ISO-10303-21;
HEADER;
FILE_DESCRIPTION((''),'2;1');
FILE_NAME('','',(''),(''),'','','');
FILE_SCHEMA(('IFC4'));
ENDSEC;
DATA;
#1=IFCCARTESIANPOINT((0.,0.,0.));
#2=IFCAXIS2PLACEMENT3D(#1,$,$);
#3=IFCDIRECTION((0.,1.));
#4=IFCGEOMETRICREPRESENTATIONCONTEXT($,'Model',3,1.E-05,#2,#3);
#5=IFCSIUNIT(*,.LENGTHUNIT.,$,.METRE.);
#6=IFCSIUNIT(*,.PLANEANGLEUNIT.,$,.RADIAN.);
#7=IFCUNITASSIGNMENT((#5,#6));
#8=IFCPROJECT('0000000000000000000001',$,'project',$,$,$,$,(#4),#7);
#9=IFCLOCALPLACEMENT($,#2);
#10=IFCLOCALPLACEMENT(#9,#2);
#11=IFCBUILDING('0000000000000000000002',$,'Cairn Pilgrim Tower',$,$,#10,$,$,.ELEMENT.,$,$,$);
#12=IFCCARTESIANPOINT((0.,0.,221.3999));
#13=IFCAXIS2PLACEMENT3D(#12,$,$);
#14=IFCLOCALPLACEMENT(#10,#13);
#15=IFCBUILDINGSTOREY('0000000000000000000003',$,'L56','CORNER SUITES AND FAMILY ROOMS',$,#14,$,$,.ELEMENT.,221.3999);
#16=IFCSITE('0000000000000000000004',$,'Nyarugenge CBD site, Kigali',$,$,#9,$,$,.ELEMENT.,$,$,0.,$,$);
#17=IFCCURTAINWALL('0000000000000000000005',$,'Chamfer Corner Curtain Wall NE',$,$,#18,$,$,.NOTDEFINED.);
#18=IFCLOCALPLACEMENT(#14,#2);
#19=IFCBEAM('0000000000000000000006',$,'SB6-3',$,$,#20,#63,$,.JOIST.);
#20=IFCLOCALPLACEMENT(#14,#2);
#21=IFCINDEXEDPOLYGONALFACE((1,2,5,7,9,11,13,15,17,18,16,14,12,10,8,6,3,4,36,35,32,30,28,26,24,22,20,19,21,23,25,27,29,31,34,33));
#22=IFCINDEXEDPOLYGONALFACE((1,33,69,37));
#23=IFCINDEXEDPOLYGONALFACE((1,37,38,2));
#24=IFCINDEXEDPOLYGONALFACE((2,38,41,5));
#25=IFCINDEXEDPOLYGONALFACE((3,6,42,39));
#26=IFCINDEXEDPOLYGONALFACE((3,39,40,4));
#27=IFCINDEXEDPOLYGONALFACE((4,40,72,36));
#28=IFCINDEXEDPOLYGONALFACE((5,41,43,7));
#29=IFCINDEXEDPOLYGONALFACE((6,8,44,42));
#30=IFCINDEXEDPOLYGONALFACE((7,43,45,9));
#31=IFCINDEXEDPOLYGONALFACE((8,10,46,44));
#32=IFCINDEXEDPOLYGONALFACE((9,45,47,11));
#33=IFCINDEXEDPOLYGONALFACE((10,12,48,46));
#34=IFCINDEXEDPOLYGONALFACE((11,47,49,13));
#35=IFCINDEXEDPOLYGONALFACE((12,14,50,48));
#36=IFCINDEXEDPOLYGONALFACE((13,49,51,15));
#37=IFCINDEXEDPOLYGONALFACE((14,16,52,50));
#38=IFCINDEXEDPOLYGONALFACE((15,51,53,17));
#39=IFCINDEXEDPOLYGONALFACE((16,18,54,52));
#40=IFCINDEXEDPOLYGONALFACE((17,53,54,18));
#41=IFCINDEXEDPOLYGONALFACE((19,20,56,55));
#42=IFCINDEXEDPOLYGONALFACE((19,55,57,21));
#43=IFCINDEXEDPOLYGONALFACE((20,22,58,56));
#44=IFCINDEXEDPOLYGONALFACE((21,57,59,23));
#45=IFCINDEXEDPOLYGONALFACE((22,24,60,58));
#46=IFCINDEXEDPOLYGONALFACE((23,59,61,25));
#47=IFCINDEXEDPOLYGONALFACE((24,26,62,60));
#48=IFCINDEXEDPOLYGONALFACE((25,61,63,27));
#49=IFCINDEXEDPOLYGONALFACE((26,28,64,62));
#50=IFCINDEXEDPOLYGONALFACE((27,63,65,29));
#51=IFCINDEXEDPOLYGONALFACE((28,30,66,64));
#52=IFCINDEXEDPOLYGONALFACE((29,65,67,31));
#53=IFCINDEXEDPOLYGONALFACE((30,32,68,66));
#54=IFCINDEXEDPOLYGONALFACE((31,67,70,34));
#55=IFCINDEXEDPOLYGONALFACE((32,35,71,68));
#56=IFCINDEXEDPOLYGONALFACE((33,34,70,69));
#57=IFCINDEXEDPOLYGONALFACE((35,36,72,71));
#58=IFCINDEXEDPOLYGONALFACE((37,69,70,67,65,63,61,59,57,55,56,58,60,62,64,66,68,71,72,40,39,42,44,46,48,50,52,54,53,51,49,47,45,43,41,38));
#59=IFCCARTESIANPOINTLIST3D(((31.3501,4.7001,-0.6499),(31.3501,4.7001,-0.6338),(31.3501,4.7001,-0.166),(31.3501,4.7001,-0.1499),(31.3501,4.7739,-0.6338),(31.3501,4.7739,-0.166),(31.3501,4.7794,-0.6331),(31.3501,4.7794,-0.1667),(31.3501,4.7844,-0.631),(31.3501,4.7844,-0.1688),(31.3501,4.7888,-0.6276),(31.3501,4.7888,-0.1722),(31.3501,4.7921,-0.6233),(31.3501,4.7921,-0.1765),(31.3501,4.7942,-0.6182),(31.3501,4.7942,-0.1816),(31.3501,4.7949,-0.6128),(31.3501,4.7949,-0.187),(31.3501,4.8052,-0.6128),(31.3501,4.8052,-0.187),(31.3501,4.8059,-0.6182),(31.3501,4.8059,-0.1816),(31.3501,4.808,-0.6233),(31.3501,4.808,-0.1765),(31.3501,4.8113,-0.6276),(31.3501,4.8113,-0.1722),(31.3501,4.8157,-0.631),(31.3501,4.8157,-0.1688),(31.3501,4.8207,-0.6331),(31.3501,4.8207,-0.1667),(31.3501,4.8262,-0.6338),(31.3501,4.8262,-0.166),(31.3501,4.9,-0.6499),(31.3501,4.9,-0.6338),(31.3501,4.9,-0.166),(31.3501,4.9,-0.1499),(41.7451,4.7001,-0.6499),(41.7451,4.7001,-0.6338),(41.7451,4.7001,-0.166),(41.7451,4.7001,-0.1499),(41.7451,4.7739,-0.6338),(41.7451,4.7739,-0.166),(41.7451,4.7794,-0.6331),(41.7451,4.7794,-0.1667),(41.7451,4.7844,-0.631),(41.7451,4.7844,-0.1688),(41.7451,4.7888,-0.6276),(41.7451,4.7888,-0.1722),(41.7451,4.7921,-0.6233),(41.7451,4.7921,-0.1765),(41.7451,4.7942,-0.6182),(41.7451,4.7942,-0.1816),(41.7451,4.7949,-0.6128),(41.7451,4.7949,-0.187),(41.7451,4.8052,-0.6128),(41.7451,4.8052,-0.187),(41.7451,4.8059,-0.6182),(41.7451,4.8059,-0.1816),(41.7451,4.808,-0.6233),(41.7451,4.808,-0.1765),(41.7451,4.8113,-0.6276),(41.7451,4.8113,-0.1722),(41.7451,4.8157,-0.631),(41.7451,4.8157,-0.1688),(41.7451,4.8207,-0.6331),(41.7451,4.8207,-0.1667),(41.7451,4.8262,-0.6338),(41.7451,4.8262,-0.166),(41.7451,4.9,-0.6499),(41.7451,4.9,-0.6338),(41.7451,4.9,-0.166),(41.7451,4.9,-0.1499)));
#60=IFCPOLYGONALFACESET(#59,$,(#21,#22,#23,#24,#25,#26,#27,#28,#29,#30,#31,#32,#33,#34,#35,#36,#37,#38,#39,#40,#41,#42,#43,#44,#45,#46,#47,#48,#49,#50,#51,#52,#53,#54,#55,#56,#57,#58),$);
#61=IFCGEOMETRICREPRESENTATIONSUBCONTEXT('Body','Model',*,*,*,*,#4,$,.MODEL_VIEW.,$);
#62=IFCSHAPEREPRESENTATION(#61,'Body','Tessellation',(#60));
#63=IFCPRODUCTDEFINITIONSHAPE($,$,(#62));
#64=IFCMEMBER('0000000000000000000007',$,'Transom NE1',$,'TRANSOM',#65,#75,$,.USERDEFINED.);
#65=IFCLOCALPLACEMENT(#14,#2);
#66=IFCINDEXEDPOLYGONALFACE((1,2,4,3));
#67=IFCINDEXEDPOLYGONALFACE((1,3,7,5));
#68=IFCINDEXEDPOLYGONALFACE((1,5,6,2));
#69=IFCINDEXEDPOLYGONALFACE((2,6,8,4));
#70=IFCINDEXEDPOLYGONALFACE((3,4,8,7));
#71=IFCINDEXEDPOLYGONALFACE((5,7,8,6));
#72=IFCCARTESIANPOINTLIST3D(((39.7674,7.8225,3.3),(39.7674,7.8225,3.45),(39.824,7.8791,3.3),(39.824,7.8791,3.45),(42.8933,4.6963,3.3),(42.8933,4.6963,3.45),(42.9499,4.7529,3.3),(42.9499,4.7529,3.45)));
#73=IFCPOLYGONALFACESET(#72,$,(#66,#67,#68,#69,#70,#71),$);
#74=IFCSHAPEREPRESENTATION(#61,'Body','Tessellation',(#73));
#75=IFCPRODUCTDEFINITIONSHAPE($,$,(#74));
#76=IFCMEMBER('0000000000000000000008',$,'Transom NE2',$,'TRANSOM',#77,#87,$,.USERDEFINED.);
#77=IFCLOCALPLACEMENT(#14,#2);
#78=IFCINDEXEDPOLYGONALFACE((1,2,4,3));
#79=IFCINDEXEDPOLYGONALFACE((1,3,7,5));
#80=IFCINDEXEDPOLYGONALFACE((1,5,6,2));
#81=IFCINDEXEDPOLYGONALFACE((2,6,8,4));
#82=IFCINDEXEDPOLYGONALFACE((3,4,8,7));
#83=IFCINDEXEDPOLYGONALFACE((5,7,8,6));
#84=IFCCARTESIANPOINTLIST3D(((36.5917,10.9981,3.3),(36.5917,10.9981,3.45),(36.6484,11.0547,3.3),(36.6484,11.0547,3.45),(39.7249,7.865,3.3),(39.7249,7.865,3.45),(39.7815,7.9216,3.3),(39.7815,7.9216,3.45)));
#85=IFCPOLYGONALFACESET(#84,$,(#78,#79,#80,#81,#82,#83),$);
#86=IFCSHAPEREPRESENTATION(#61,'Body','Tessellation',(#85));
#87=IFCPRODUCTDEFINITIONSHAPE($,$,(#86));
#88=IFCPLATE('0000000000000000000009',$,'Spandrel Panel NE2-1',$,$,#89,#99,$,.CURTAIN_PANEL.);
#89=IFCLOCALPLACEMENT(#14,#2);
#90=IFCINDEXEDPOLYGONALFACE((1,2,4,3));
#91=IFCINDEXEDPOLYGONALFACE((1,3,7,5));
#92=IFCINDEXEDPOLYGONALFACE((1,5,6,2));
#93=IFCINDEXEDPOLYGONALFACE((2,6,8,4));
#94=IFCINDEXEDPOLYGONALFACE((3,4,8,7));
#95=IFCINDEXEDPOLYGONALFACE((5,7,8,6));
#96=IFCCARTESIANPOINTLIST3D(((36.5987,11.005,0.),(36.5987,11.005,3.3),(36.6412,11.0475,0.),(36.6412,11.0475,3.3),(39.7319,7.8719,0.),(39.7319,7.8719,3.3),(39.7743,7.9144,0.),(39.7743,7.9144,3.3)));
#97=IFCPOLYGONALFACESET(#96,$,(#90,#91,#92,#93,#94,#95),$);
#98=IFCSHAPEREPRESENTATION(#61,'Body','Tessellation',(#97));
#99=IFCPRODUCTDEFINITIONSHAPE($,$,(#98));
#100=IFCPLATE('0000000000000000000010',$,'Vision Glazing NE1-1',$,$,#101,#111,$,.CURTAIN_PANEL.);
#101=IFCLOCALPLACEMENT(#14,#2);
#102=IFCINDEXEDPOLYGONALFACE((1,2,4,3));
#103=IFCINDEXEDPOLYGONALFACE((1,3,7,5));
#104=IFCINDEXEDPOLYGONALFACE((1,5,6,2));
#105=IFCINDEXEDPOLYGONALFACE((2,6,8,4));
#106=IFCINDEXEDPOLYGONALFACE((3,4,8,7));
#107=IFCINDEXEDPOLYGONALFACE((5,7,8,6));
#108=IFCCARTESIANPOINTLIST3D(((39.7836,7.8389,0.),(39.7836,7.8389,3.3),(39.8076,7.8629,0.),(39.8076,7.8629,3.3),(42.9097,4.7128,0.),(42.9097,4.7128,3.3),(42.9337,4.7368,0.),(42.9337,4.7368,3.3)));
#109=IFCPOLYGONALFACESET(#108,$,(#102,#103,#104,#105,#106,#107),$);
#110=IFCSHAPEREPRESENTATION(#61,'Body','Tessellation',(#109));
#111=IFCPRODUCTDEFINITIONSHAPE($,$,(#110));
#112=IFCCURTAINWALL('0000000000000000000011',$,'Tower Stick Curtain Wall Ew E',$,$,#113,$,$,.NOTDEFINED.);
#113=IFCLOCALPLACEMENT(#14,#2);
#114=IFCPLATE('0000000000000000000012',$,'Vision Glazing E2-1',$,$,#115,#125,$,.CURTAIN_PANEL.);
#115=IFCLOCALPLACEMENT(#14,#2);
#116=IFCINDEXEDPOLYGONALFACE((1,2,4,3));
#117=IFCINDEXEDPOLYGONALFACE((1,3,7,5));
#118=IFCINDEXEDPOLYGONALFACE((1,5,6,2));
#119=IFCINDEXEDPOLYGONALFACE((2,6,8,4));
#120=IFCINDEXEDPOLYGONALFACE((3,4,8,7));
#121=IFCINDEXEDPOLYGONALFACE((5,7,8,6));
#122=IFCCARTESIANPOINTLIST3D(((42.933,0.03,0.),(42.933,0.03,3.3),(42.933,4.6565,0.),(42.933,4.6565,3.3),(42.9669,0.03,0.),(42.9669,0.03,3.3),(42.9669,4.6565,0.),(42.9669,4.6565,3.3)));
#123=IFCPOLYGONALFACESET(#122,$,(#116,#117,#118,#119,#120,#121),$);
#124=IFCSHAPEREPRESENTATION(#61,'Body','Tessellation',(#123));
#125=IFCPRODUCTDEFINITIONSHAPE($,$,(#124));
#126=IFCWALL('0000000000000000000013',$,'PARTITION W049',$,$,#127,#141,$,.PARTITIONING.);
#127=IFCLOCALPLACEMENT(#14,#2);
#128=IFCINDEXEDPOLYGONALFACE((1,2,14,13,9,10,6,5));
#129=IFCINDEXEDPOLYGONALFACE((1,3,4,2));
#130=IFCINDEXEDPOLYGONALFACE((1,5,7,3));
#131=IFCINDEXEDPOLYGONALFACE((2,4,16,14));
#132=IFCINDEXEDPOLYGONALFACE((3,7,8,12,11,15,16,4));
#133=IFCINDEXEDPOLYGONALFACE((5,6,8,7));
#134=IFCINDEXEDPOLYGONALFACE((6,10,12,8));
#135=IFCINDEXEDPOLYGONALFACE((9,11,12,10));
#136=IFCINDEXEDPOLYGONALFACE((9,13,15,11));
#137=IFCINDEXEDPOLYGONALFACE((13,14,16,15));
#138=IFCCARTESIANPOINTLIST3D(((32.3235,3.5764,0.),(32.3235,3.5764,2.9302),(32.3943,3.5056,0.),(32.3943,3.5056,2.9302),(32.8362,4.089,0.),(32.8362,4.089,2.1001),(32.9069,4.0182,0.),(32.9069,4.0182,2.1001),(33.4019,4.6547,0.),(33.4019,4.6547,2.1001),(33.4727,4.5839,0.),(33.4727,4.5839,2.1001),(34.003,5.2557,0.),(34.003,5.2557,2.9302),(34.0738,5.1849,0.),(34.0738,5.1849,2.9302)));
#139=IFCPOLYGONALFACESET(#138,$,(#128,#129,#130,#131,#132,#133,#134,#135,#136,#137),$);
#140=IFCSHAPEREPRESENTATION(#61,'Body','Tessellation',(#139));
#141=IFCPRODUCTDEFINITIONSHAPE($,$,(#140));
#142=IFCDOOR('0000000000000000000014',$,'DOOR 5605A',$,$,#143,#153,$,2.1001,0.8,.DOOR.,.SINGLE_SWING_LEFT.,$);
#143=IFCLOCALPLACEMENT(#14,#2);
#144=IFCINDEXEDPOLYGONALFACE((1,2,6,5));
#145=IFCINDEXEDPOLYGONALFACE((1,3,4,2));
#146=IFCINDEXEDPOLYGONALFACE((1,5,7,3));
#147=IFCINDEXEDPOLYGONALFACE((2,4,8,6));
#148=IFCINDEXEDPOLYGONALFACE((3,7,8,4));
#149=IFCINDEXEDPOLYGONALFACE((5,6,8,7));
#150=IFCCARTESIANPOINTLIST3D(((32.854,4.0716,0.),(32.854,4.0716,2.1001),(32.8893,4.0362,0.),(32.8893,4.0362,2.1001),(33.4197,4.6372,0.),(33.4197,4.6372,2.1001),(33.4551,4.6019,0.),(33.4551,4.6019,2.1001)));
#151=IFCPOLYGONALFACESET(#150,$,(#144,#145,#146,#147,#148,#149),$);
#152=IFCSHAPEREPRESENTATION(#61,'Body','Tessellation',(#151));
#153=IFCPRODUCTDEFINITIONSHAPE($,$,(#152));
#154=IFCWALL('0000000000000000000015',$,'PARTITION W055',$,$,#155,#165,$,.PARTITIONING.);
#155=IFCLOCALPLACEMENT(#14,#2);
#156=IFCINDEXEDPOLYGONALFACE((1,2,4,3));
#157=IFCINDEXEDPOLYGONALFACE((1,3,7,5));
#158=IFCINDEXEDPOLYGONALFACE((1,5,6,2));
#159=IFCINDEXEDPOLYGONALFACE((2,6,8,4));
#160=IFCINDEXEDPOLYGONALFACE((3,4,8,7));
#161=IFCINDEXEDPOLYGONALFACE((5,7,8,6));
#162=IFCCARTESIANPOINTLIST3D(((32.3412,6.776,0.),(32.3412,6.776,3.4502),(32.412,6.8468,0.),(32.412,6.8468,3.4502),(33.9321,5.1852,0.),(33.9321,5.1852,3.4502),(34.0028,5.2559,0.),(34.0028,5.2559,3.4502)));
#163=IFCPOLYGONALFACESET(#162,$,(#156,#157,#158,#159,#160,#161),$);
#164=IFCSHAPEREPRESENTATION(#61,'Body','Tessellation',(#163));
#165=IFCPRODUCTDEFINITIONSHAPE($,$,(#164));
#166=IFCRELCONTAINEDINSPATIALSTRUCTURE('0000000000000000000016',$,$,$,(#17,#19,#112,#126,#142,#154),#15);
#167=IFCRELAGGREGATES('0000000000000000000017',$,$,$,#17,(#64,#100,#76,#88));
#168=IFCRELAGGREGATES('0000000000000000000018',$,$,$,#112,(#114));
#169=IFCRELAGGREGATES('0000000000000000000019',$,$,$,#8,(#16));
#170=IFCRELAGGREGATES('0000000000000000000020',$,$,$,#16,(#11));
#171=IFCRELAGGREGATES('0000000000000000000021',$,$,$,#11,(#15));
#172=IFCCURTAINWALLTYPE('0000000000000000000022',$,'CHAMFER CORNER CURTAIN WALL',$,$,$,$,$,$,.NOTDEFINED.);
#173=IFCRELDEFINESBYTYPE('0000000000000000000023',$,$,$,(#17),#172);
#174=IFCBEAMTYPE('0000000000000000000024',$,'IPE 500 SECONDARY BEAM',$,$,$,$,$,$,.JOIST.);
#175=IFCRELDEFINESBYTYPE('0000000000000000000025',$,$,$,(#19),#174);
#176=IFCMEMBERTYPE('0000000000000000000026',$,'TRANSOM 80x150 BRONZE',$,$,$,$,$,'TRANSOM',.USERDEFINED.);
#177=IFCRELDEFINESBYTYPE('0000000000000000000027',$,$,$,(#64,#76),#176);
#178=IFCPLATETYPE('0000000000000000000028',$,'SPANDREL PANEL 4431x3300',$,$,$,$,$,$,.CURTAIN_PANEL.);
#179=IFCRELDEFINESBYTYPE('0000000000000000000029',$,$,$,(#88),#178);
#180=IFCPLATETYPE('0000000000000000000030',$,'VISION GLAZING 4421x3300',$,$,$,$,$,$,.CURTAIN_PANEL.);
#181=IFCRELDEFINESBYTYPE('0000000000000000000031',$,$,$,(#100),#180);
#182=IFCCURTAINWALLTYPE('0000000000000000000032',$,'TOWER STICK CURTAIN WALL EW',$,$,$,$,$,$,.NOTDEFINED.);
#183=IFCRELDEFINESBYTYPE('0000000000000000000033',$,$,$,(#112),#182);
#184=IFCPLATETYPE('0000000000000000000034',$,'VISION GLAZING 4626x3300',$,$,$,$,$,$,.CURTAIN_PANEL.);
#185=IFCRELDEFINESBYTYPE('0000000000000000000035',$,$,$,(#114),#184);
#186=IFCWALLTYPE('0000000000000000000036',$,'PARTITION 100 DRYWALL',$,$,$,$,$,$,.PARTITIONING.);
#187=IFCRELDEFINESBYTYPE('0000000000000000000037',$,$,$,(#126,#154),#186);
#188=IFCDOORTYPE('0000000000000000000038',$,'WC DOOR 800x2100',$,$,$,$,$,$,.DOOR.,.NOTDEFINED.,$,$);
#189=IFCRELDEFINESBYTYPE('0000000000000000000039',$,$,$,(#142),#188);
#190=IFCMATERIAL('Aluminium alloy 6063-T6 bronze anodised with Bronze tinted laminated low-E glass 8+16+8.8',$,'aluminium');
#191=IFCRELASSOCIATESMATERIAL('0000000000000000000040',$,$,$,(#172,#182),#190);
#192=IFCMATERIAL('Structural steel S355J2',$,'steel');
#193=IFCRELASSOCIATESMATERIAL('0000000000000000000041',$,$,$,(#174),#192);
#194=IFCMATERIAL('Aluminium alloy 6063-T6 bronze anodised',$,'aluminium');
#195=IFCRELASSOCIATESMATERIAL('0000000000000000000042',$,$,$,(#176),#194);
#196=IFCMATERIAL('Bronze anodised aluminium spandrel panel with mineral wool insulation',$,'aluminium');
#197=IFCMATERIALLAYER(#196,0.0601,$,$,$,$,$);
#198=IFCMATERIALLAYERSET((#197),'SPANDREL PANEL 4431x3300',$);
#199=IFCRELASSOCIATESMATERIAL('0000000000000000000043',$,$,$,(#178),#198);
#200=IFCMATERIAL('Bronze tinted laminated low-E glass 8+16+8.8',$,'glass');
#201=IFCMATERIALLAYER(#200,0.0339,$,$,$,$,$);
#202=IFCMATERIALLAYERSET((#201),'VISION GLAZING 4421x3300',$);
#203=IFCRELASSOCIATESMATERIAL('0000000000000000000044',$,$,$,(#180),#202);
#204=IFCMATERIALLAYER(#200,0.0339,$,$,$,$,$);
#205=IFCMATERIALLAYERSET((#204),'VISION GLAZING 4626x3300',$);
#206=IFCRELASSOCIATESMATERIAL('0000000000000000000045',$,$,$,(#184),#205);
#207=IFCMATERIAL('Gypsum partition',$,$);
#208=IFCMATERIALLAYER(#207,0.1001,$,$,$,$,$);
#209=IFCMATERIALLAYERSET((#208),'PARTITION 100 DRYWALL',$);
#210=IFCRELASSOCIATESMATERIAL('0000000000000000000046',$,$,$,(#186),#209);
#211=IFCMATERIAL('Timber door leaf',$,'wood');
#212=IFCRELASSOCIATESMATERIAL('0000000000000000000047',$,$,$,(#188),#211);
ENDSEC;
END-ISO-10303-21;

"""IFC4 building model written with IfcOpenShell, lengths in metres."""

from ifc_helpers import new_model, si_unit, direction, frame, frame_2d, origin, origin_2d, place, context, subcontext, project, spatial, rectangle, i_section, extrude, material, layer, layer_set, material_profile, profile_set, type_object, element, fill, aggregate, save


model = new_model("IFC4")

# Units and contexts
model_context = context("Model", 3, precision=1e-05, world=origin(), true_north=direction((0.0, 1.0)))
body_context = subcontext(model_context, "Body", "Model", "MODEL_VIEW")
ifc_project = project(units=[si_unit("LENGTHUNIT", "METRE"), si_unit("PLANEANGLEUNIT", "RADIAN")], contexts=[model_context])

# Site, building, storey
site_placement = place(None, origin())
site = spatial("IfcSite", under=ifc_project, at=site_placement, Name="Nyarugenge CBD site, Kigali", CompositionType="ELEMENT", RefElevation=0.0)
building_placement = place(site_placement, origin())
building = spatial("IfcBuilding", under=site, at=building_placement, Name="Cairn Pilgrim Tower", CompositionType="ELEMENT")
storey_placement = place(building_placement, frame((0.0, 0.0, 221.3999)))
storey = spatial("IfcBuildingStorey", under=building, at=storey_placement, Name="L56", Description="CORNER SUITES AND FAMILY ROOMS", CompositionType="ELEMENT", Elevation=221.3999)

# Shared definitions
ifc_material_1 = material(Name="Structural steel S355J2", Category="steel")

# Curtain wall
ifc_material_2 = material(Name="Aluminium alloy 6063-T6 bronze anodised with Bronze tinted laminated low-E glass 8+16+8.8", Category="aluminium")
curtain_wall_type_1 = type_object("IfcCurtainWallType", Name="CHAMFER CORNER CURTAIN WALL", PredefinedType="NOTDEFINED", material=ifc_material_2)
curtain_wall_1_placement = place(storey_placement, origin())
curtain_wall_1 = element("IfcCurtainWall", 1, at=curtain_wall_1_placement, inside=storey, type_object=curtain_wall_type_1, Name="Chamfer Corner Curtain Wall NE", PredefinedType="NOTDEFINED")
ifc_material_3 = material(Name="Aluminium alloy 6063-T6 bronze anodised", Category="aluminium")

# Beam
ifc_material_profile_1 = material_profile(ifc_material_1, i_section(OverallWidth=0.2, OverallDepth=0.5, WebThickness=0.0103, FlangeThickness=0.0161, FilletRadius=0.021, at=origin_2d()), Name="IPE 500")
ifc_profile_set_1 = profile_set([ifc_material_profile_1], Name="Structural steel S355J2")
beam_type_1 = type_object("IfcBeamType", Name="IPE 500 SECONDARY BEAM", PredefinedType="JOIST", material=ifc_profile_set_1)
beam_1_placement = place(storey_placement, frame((31.3501, 4.8, -0.3999), z_axis=(1.0, 0.0, 0.0), x_axis=(0.0, 1.0, 0.0)))
element("IfcBeam", 2, at=beam_1_placement, inside=storey, type_object=beam_type_1, Name="SB6-3", PredefinedType="JOIST", context=body_context, shape_type="SweptSolid", body=[
    extrude(i_section(OverallWidth=0.2, OverallDepth=0.5, WebThickness=0.0103, FlangeThickness=0.0161, FilletRadius=0.021, at=origin_2d()), origin(), (0.0, 0.0, 1.0), 10.395),
])

# Members
ifc_material_profile_2 = material_profile(ifc_material_3, rectangle(XDim=0.0801, YDim=0.1499, at=origin_2d()), Name="TRANSOM 80x150 BRONZE")
ifc_profile_set_2 = profile_set([ifc_material_profile_2], Name="Aluminium alloy 6063-T6 bronze anodised")
member_type_1 = type_object("IfcMemberType", Name="TRANSOM 80x150 BRONZE", ElementType="TRANSOM", PredefinedType="USERDEFINED", material=ifc_profile_set_2)
member_1_placement = place(storey_placement, frame((42.9216, 4.7246, 3.375), z_axis=(-0.707079, 0.707134, 0.0), x_axis=(-0.707134, -0.707079, 0.0)))
member_1 = element("IfcMember", 3, at=member_1_placement, type_object=member_type_1, Name="Transom NE1", ObjectType="TRANSOM", PredefinedType="USERDEFINED", context=body_context, shape_type="SweptSolid", body=[
    extrude(rectangle(XDim=0.0801, YDim=0.1499, at=origin_2d()), origin(), (0.0, 0.0, 1.0), 4.4209),
])
member_2_placement = place(storey_placement, frame((39.7532, 7.8933, 3.375), z_axis=(-0.707107, 0.707107, 0.0), x_axis=(-0.707107, -0.707107, 0.0)))
member_2 = element("IfcMember", 4, at=member_2_placement, type_object=member_type_1, Name="Transom NE2", ObjectType="TRANSOM", PredefinedType="USERDEFINED", context=body_context, shape_type="SweptSolid", body=[
    extrude(rectangle(XDim=0.0801, YDim=0.1499, at=origin_2d()), origin(), (0.0, 0.0, 1.0), 4.4309),
])

# Plates
ifc_material_4 = material(Name="Bronze anodised aluminium spandrel panel with mineral wool insulation", Category="aluminium")
ifc_layer_1 = layer(ifc_material_4, 0.0601)
ifc_layer_set_1 = layer_set([ifc_layer_1], Name="SPANDREL PANEL 4431x3300")
plate_type_1 = type_object("IfcPlateType", Name="SPANDREL PANEL 4431x3300", PredefinedType="CURTAIN_PANEL", material=ifc_layer_set_1)
plate_1_placement = place(storey_placement, frame((38.1865, 9.4597, 0.0), z_axis=(0.0, 0.0, 1.0), x_axis=(-0.707107, 0.707107, 0.0)))
plate_1 = element("IfcPlate", 5, at=plate_1_placement, type_object=plate_type_1, Name="Spandrel Panel NE2-1", PredefinedType="CURTAIN_PANEL", context=body_context, shape_type="SweptSolid", body=[
    extrude(rectangle(XDim=4.4309, YDim=0.0601, at=origin_2d()), origin(), (0.0, 0.0, 1.0), 3.3),
])
ifc_material_5 = material(Name="Bronze tinted laminated low-E glass 8+16+8.8", Category="glass")
ifc_layer_2 = layer(ifc_material_5, 0.0339)
ifc_layer_set_2 = layer_set([ifc_layer_2], Name="VISION GLAZING 4421x3300")
plate_type_2 = type_object("IfcPlateType", Name="VISION GLAZING 4421x3300", PredefinedType="CURTAIN_PANEL", material=ifc_layer_set_2)
plate_2_placement = place(storey_placement, frame((41.3586, 6.2878, 0.0), z_axis=(0.0, 0.0, 1.0), x_axis=(-0.707107, 0.707107, 0.0)))
plate_2 = element("IfcPlate", 6, at=plate_2_placement, type_object=plate_type_2, Name="Vision Glazing NE1-1", PredefinedType="CURTAIN_PANEL", context=body_context, shape_type="SweptSolid", body=[
    extrude(rectangle(XDim=4.4209, YDim=0.0339, at=origin_2d()), origin(), (0.0, 0.0, 1.0), 3.3),
])
aggregate(curtain_wall_1, [member_1, plate_2, member_2, plate_1])

# Curtain wall, plate
curtain_wall_type_2 = type_object("IfcCurtainWallType", Name="TOWER STICK CURTAIN WALL EW", PredefinedType="NOTDEFINED", material=ifc_material_2)
curtain_wall_2_placement = place(storey_placement, origin())
curtain_wall_2 = element("IfcCurtainWall", 7, at=curtain_wall_2_placement, inside=storey, type_object=curtain_wall_type_2, Name="Tower Stick Curtain Wall Ew E", PredefinedType="NOTDEFINED")
ifc_layer_3 = layer(ifc_material_5, 0.0339)
ifc_layer_set_3 = layer_set([ifc_layer_3], Name="VISION GLAZING 4626x3300")
plate_type_3 = type_object("IfcPlateType", Name="VISION GLAZING 4626x3300", PredefinedType="CURTAIN_PANEL", material=ifc_layer_set_3)
plate_3_placement = place(storey_placement, frame((42.95, 2.3433, 0.0), z_axis=(0.0, 0.0, 1.0), x_axis=(0.0, 1.0, 0.0)))
plate_3 = element("IfcPlate", 8, at=plate_3_placement, type_object=plate_type_3, Name="Vision Glazing E2-1", PredefinedType="CURTAIN_PANEL", context=body_context, shape_type="SweptSolid", body=[
    extrude(rectangle(XDim=4.6265, YDim=0.0339, at=origin_2d()), origin(), (0.0, 0.0, 1.0), 3.3),
])
aggregate(curtain_wall_2, [plate_3])

# Wall, opening, door
ifc_material_6 = material(Name="Gypsum partition")
ifc_layer_4 = layer(ifc_material_6, 0.1001)
ifc_layer_set_4 = layer_set([ifc_layer_4], Name="PARTITION 100 DRYWALL")
wall_type_1 = type_object("IfcWallType", Name="PARTITION 100 DRYWALL", PredefinedType="PARTITIONING", material=ifc_layer_set_4)
wall_1_placement = place(storey_placement, frame((32.3589, 3.541, 0.0), z_axis=(0.0, 0.0, 1.0), x_axis=(0.707158, 0.707055, 0.0)))
wall_1 = element("IfcWall", 9, at=wall_1_placement, inside=storey, type_object=wall_type_1, Name="PARTITION W049", PredefinedType="PARTITIONING", context=body_context, shape_type="SweptSolid", body=[
    extrude(rectangle(XDim=2.375, YDim=0.1001, at=frame_2d((1.1875, 0.0))), origin(), (0.0, 0.0, 1.0), 2.9302),
])
opening_1_placement = place(wall_1_placement, frame((0.7251, 0.0, 0.0)))
opening_1 = element("IfcOpeningElement", 10, at=opening_1_placement, cuts=wall_1, PredefinedType="OPENING", context=body_context, shape_type="SweptSolid", body=[
    extrude(rectangle(XDim=0.8, YDim=2.1001, at=frame_2d((0.3999, 1.05))), frame((0.0, 0.0601, 0.0), z_axis=(0.0, -1.0, 0.0), x_axis=(1.0, 0.0, 0.0)), (0.0, 0.0, 1.0), 0.1201),
])
ifc_material_7 = material(Name="Timber door leaf", Category="wood")
door_type_1 = type_object("IfcDoorType", Name="WC DOOR 800x2100", OperationType="NOTDEFINED", PredefinedType="DOOR", material=ifc_material_7)
door_1_placement = place(opening_1_placement, frame((0.8, 0.0, 0.0), z_axis=(0.0, 0.0, 1.0), x_axis=(-1.0, 0.0, 0.0)))
door_1 = element("IfcDoor", 11, at=door_1_placement, inside=storey, type_object=door_type_1, Name="DOOR 5605A", OperationType="SINGLE_SWING_LEFT", OverallHeight=2.1001, OverallWidth=0.8, PredefinedType="DOOR", context=body_context, shape_type="SweptSolid", body=[
    extrude(rectangle(XDim=0.8, YDim=2.1001, at=frame_2d((0.3999, 1.05))), frame((0.0, 0.0249, 0.0), z_axis=(0.0, -1.0, 0.0), x_axis=(1.0, 0.0, 0.0)), (0.0, 0.0, 1.0), 0.05),
])
fill(opening_1, door_1)

# Wall
wall_2_placement = place(storey_placement, frame((33.9675, 5.2205, 0.0), z_axis=(0.0, 0.0, 1.0), x_axis=(-0.707107, 0.707107, 0.0)))
element("IfcWall", 12, at=wall_2_placement, inside=storey, type_object=wall_type_1, Name="PARTITION W055", PredefinedType="PARTITIONING", context=body_context, shape_type="SweptSolid", body=[
    extrude(rectangle(XDim=2.2498, YDim=0.1001, at=frame_2d((1.125, 0.0))), origin(), (0.0, 0.0, 1.0), 3.4502),
])

save(model, "model.ifc")
